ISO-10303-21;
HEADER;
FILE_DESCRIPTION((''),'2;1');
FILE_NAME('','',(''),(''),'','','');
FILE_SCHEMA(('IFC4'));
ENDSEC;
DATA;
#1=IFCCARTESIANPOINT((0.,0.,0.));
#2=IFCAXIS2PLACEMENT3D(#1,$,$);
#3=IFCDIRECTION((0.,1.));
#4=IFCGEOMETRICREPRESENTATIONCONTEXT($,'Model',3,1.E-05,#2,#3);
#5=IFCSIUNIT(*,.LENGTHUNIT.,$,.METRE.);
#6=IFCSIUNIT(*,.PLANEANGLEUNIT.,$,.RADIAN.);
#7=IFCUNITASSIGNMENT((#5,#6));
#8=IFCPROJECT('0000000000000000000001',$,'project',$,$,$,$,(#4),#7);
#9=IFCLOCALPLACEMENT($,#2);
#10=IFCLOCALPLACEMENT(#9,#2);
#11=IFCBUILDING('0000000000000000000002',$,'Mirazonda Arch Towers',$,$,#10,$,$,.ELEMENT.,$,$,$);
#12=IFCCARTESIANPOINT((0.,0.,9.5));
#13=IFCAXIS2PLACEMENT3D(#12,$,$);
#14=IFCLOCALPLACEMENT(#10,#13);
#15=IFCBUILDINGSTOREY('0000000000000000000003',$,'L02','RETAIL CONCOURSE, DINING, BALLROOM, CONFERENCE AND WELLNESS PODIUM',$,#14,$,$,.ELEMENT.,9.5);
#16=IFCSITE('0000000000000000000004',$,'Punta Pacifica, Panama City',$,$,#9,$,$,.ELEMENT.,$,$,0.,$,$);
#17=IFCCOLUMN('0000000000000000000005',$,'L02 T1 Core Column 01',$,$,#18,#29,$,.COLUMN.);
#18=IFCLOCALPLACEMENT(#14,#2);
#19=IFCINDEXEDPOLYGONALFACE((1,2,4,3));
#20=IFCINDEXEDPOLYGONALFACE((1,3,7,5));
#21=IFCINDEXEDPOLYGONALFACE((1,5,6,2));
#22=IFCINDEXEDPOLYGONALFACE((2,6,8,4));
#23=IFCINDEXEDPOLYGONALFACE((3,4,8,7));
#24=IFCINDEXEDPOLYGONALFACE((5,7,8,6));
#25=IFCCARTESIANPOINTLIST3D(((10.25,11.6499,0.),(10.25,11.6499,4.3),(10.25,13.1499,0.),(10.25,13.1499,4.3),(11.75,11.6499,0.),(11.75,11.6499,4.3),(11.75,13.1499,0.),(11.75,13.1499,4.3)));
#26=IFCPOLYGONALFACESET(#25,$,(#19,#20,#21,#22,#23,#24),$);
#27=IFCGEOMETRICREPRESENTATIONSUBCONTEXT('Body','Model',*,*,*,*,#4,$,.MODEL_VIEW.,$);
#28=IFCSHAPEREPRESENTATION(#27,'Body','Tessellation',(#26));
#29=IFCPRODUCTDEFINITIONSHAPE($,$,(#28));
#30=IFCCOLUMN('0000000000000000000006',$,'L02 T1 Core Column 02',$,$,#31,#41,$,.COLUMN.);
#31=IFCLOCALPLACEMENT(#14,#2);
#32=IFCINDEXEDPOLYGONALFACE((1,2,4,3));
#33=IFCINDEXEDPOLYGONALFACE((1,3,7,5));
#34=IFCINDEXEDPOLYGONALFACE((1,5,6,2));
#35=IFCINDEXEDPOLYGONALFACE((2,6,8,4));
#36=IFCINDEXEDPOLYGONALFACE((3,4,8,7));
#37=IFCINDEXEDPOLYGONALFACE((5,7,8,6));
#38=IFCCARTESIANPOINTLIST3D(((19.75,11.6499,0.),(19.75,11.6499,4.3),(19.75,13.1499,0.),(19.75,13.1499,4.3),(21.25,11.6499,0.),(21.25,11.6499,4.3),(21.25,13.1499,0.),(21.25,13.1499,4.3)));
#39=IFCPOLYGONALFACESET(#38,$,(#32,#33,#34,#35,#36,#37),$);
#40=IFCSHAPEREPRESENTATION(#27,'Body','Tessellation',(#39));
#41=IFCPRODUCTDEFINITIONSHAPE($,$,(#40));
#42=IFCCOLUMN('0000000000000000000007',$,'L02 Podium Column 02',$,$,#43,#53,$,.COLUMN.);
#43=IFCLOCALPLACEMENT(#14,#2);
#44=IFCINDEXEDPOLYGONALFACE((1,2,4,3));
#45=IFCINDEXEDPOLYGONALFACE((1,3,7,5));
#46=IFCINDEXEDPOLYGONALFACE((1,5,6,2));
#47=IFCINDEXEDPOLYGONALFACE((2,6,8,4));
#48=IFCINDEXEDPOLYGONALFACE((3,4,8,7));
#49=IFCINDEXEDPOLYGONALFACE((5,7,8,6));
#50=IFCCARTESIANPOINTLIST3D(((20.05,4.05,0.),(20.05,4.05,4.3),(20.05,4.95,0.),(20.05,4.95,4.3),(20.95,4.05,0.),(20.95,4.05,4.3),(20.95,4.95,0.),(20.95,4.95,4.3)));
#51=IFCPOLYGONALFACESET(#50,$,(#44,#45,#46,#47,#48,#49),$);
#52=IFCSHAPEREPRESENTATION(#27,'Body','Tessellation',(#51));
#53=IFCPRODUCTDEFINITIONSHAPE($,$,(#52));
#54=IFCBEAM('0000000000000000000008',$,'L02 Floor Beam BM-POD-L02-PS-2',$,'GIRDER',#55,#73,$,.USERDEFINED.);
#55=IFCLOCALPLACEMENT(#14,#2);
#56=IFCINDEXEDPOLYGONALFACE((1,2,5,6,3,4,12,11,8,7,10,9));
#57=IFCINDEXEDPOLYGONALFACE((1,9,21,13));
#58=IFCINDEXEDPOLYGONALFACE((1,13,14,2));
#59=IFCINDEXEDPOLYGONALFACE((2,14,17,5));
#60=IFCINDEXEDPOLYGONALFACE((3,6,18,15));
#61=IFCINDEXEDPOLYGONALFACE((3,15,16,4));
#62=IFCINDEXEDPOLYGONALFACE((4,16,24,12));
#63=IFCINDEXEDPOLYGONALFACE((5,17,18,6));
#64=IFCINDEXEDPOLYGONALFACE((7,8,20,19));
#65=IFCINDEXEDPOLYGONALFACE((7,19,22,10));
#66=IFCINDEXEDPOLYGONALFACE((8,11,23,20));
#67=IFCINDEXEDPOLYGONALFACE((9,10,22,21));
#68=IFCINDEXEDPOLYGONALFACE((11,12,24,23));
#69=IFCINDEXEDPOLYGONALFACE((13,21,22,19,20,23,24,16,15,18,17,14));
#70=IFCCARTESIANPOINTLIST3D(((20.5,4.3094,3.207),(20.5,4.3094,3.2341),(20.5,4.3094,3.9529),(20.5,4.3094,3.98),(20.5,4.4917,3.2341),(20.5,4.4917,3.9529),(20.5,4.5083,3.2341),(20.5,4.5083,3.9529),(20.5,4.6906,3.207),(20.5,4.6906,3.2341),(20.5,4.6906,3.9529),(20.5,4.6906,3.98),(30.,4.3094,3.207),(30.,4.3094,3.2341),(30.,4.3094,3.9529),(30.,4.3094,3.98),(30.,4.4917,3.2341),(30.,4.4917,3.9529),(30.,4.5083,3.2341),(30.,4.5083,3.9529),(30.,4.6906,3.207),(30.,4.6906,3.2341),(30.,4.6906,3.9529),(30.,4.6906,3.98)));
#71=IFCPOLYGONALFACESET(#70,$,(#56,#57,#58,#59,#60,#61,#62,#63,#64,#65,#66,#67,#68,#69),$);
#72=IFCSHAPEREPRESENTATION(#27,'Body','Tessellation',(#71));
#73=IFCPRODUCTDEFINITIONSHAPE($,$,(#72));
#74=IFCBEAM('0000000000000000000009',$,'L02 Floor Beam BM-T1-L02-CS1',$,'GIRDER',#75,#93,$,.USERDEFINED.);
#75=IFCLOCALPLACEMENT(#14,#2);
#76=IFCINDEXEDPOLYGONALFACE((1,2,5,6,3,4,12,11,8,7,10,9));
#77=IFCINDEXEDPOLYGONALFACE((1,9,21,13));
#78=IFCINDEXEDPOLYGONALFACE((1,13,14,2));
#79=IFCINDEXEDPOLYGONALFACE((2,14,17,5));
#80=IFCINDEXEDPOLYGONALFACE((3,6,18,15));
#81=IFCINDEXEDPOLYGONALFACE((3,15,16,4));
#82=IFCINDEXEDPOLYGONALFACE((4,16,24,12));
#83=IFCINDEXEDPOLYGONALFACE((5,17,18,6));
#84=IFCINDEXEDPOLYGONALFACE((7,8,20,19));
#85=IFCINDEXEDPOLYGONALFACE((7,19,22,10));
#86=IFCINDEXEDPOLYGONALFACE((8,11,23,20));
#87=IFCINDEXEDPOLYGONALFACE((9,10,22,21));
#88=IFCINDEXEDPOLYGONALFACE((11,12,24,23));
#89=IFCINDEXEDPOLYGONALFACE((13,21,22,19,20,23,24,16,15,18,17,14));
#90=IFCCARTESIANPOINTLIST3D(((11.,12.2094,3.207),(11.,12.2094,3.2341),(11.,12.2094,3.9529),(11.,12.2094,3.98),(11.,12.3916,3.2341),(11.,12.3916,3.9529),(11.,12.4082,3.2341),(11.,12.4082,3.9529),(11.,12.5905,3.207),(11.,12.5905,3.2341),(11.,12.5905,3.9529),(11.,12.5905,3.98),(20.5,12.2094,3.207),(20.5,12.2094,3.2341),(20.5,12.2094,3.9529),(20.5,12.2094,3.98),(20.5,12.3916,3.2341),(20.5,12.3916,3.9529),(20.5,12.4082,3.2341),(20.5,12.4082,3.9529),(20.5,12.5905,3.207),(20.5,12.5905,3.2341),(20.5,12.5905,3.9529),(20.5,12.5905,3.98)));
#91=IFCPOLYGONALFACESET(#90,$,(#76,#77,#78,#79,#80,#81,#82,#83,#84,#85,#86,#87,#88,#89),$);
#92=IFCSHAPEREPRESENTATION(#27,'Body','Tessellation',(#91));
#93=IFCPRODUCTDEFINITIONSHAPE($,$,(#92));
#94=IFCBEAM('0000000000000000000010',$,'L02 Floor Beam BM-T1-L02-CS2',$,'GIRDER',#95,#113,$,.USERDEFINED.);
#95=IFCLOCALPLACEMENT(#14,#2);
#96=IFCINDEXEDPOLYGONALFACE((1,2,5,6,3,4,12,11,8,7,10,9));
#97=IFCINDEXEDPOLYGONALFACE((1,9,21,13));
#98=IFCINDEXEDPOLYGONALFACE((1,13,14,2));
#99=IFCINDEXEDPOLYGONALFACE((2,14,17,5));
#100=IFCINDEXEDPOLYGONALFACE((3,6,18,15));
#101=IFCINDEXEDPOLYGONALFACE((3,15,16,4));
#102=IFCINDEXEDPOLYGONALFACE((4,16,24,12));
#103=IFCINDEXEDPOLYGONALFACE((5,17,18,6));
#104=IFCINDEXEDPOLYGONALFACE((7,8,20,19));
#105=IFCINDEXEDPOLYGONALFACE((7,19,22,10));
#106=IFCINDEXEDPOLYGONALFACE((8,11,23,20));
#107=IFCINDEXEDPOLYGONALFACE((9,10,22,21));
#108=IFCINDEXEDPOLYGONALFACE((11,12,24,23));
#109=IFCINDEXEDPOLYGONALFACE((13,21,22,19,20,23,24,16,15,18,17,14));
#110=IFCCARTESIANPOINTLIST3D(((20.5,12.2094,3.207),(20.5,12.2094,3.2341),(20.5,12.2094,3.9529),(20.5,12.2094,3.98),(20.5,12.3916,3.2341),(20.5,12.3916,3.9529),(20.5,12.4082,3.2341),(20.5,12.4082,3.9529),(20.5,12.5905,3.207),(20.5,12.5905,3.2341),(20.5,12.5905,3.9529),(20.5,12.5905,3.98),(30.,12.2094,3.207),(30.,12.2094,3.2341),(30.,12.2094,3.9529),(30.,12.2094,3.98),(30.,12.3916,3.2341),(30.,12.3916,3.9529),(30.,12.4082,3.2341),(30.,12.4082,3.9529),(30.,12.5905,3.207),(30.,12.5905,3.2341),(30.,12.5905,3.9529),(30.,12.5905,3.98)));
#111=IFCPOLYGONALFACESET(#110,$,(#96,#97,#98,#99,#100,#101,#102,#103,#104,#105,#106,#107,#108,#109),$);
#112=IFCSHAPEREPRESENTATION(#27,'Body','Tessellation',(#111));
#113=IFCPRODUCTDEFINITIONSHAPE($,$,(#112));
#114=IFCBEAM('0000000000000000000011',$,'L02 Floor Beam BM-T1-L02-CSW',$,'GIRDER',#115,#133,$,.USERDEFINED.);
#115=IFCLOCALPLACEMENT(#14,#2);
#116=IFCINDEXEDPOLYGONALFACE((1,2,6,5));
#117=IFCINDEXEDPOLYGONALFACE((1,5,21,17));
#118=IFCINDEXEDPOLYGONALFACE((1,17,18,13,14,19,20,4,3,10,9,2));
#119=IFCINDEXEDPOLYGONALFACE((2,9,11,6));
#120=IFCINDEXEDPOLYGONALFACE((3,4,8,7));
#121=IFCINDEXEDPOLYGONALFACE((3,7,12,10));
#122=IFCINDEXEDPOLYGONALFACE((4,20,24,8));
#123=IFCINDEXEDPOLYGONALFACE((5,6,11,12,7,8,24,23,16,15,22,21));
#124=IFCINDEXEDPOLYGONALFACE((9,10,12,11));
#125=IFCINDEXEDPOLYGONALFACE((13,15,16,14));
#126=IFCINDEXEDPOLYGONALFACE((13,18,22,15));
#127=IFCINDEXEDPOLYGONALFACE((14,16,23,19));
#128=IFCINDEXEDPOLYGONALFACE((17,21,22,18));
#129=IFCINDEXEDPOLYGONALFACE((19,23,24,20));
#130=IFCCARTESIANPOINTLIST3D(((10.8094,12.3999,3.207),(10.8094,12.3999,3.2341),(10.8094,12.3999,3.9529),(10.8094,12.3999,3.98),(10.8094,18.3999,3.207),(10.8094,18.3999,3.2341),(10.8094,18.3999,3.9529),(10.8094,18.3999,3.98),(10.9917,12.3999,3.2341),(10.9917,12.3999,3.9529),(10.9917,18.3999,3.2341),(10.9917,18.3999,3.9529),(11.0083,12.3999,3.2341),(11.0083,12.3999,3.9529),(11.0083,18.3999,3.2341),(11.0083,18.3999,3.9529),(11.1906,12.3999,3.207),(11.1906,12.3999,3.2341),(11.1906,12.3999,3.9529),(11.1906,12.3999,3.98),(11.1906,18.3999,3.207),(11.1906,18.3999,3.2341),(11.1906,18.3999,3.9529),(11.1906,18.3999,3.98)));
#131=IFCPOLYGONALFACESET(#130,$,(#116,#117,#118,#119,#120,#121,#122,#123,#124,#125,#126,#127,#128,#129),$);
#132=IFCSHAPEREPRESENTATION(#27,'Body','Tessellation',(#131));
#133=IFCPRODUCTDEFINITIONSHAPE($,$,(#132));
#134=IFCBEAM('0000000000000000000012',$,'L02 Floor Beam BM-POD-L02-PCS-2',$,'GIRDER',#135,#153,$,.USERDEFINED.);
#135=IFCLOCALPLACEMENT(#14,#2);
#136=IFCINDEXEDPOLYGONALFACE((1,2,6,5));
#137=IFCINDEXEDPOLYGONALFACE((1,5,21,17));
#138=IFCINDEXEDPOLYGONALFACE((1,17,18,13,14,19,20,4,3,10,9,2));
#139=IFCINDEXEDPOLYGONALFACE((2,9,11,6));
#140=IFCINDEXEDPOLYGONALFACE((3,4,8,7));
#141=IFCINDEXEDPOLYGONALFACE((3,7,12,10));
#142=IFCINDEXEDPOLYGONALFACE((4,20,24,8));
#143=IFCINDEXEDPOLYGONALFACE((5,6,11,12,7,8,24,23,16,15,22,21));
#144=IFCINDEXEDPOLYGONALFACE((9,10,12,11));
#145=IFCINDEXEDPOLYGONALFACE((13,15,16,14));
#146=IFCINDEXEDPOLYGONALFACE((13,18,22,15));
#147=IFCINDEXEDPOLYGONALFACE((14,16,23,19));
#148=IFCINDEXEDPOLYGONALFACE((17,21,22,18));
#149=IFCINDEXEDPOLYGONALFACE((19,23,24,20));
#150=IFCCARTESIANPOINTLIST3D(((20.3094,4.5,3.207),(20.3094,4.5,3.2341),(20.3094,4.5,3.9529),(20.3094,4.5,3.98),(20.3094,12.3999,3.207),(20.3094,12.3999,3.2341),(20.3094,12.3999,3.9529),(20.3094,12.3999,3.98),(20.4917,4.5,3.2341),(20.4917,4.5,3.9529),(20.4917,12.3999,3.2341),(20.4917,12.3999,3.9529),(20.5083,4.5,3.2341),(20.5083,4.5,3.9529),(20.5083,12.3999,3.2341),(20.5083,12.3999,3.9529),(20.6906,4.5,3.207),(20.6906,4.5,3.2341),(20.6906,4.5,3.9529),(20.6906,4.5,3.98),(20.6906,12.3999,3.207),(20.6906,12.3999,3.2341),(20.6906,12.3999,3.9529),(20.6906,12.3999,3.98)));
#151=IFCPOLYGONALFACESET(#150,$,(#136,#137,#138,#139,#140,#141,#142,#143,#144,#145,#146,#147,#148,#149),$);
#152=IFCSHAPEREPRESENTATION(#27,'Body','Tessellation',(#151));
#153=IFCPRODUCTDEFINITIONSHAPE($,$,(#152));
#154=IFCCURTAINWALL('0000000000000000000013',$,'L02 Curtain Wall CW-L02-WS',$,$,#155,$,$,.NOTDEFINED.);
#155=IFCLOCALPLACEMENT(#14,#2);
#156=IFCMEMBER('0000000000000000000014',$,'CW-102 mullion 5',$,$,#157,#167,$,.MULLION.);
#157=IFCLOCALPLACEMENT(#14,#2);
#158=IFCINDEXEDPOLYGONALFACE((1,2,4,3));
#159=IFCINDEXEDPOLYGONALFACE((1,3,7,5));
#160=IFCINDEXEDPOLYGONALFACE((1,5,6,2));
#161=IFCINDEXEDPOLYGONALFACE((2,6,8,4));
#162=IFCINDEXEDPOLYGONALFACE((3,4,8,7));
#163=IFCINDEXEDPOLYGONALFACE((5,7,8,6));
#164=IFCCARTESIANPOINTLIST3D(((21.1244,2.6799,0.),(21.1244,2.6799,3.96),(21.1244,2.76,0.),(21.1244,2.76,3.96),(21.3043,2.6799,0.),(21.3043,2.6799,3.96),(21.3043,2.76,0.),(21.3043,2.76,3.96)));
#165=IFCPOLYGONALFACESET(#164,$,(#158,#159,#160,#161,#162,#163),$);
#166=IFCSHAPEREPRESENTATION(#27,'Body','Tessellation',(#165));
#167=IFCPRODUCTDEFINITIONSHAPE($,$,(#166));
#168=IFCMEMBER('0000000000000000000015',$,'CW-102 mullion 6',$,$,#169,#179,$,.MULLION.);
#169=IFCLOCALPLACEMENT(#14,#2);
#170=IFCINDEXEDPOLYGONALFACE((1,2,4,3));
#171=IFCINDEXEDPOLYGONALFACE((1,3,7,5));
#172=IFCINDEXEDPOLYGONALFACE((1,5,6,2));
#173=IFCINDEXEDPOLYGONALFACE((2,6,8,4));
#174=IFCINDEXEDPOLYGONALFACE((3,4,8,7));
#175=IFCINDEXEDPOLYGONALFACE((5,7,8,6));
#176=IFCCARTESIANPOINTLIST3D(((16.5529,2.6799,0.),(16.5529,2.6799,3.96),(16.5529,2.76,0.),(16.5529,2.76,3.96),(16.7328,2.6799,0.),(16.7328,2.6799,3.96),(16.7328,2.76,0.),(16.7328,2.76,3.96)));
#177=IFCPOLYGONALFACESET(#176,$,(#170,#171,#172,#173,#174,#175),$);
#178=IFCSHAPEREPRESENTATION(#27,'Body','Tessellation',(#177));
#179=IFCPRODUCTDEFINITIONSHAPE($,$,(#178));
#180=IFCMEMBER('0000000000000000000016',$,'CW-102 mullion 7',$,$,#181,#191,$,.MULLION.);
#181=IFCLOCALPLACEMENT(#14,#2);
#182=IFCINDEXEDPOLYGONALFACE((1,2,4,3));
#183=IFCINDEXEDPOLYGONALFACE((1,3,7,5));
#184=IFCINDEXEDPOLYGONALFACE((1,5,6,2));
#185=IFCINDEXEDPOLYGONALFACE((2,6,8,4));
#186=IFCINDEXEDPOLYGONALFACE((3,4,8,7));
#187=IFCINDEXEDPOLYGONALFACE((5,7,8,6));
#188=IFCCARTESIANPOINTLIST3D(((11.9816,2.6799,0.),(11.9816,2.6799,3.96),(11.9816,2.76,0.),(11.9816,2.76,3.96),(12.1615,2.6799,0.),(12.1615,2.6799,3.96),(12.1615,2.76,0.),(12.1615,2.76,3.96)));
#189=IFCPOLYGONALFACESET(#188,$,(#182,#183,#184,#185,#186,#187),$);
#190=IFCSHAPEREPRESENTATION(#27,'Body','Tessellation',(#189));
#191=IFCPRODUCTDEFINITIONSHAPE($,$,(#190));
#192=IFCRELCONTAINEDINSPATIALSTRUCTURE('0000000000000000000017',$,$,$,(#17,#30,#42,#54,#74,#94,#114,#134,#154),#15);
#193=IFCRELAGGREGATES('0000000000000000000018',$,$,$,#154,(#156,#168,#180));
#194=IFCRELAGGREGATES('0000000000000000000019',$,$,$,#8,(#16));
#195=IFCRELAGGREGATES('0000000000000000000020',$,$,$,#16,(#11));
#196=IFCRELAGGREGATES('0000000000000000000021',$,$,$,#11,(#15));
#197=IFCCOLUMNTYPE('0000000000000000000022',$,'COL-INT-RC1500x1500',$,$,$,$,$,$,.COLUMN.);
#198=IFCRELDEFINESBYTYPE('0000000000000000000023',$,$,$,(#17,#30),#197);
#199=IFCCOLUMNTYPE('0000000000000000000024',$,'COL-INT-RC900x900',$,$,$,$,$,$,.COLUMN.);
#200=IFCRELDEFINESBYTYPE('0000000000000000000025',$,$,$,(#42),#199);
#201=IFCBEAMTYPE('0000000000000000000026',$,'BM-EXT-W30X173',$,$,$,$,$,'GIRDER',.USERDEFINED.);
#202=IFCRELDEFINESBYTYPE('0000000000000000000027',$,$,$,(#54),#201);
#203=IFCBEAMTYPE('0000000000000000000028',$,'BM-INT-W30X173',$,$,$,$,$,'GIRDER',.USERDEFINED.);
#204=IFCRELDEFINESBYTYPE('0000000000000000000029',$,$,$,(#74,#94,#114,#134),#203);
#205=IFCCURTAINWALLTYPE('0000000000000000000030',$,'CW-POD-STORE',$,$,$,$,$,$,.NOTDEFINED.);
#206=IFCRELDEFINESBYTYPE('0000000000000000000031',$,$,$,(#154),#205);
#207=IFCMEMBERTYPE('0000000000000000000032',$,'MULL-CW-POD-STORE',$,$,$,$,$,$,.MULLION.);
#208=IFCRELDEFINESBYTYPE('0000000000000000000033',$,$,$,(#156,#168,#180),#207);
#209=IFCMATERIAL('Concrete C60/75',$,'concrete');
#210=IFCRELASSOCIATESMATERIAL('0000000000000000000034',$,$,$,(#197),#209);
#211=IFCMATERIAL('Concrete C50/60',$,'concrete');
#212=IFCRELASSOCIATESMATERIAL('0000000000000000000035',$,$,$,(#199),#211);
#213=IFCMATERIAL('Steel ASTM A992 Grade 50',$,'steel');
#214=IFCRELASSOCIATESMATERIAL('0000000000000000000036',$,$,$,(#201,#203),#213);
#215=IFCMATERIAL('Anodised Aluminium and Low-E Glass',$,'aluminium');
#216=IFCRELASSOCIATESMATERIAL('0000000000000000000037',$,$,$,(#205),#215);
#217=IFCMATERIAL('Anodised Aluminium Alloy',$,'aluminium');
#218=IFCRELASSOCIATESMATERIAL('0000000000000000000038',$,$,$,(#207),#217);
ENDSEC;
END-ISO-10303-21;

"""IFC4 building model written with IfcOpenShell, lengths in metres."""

from ifc_helpers import new_model, si_unit, direction, frame, origin, origin_2d, place, context, subcontext, project, spatial, rectangle, i_section, extrude, material, material_profile, profile_set, type_object, element, aggregate, save


model = new_model("IFC4")

# Units and contexts
model_context = context("Model", 3, precision=1e-05, world=origin(), true_north=direction((0.0, 1.0)))
body_context = subcontext(model_context, "Body", "Model", "MODEL_VIEW")
ifc_project = project(units=[si_unit("LENGTHUNIT", "METRE"), si_unit("PLANEANGLEUNIT", "RADIAN")], contexts=[model_context])

# Site, building, storey
site_placement = place(None, origin())
site = spatial("IfcSite", under=ifc_project, at=site_placement, Name="Punta Pacifica, Panama City", CompositionType="ELEMENT", RefElevation=0.0)
building_placement = place(site_placement, origin())
building = spatial("IfcBuilding", under=site, at=building_placement, Name="Mirazonda Arch Towers", CompositionType="ELEMENT")
storey_placement = place(building_placement, frame((0.0, 0.0, 9.5)))
storey = spatial("IfcBuildingStorey", under=building, at=storey_placement, Name="L02", Description="RETAIL CONCOURSE, DINING, BALLROOM, CONFERENCE AND WELLNESS PODIUM", CompositionType="ELEMENT", Elevation=9.5)

# Columns
ifc_material_1 = material(Name="Concrete C60/75", Category="concrete")
ifc_material_profile_1 = material_profile(ifc_material_1, rectangle(XDim=1.5, YDim=1.5, at=origin_2d()), Name="RC1500x1500")
ifc_profile_set_1 = profile_set([ifc_material_profile_1], Name="Concrete C60/75")
column_type_1 = type_object("IfcColumnType", Name="COL-INT-RC1500x1500", PredefinedType="COLUMN", material=ifc_profile_set_1)
for number, where, z_axis, x_axis, name in (
    (1, (11.0, 12.3999, 0.0), (0.0, 0.0, 1.0), (1.0, 0.0, 0.0), "L02 T1 Core Column 01"),
    (2, (20.5, 12.3999, 0.0), (0.0, 0.0, 1.0), (1.0, 0.0, 0.0), "L02 T1 Core Column 02"),
):
    element("IfcColumn", number, at=place(storey_placement, frame(where, z_axis=z_axis, x_axis=x_axis)), inside=storey, type_object=column_type_1, Name=name, PredefinedType="COLUMN", context=body_context, shape_type="SweptSolid", body=[
        extrude(rectangle(XDim=1.5, YDim=1.5, at=origin_2d()), origin(), (0.0, 0.0, 1.0), 4.3),
    ])
ifc_material_2 = material(Name="Concrete C50/60", Category="concrete")
ifc_material_profile_2 = material_profile(ifc_material_2, rectangle(XDim=0.8999, YDim=0.8999, at=origin_2d()), Name="RC900x900")
ifc_profile_set_2 = profile_set([ifc_material_profile_2], Name="Concrete C50/60")
column_type_2 = type_object("IfcColumnType", Name="COL-INT-RC900x900", PredefinedType="COLUMN", material=ifc_profile_set_2)
column_placement = place(storey_placement, frame((20.5, 4.5, 0.0), z_axis=(0.0, 0.0, 1.0), x_axis=(1.0, 0.0, 0.0)))
element("IfcColumn", 3, at=column_placement, inside=storey, type_object=column_type_2, Name="L02 Podium Column 02", PredefinedType="COLUMN", context=body_context, shape_type="SweptSolid", body=[
    extrude(rectangle(XDim=0.8999, YDim=0.8999, at=origin_2d()), origin(), (0.0, 0.0, 1.0), 4.3),
])

# Beams
ifc_material_3 = material(Name="Steel ASTM A992 Grade 50", Category="steel")
ifc_material_profile_3 = material_profile(ifc_material_3, i_section(OverallWidth=0.3811, OverallDepth=0.7729, WebThickness=0.0166, FlangeThickness=0.0271, at=origin_2d()), Name="W30X173")
ifc_profile_set_3 = profile_set([ifc_material_profile_3], Name="Steel ASTM A992 Grade 50")
beam_type_1 = type_object("IfcBeamType", Name="BM-EXT-W30X173", ElementType="GIRDER", PredefinedType="USERDEFINED", material=ifc_profile_set_3)
beam_1_placement = place(storey_placement, frame((20.5, 4.5, 3.5935), z_axis=(1.0, 0.0, 0.0), x_axis=(0.0, 1.0, 0.0)))
element("IfcBeam", 4, at=beam_1_placement, inside=storey, type_object=beam_type_1, Name="L02 Floor Beam BM-POD-L02-PS-2", ObjectType="GIRDER", PredefinedType="USERDEFINED", context=body_context, shape_type="SweptSolid", body=[
    extrude(i_section(OverallWidth=0.3811, OverallDepth=0.7729, WebThickness=0.0166, FlangeThickness=0.0271, at=origin_2d()), origin(), (0.0, 0.0, 1.0), 9.5),
])
ifc_material_profile_4 = material_profile(ifc_material_3, i_section(OverallWidth=0.3811, OverallDepth=0.7729, WebThickness=0.0166, FlangeThickness=0.0271, at=origin_2d()), Name="W30X173")
ifc_profile_set_4 = profile_set([ifc_material_profile_4], Name="Steel ASTM A992 Grade 50")
beam_type_2 = type_object("IfcBeamType", Name="BM-INT-W30X173", ElementType="GIRDER", PredefinedType="USERDEFINED", material=ifc_profile_set_4)
for number, where, z_axis, x_axis, name in (
    (5, (11.0, 12.3999, 3.5935), (1.0, 0.0, 0.0), (0.0, 1.0, 0.0), "L02 Floor Beam BM-T1-L02-CS1"),
    (6, (20.5, 12.3999, 3.5935), (1.0, 0.0, 0.0), (0.0, 1.0, 0.0), "L02 Floor Beam BM-T1-L02-CS2"),
):
    element("IfcBeam", number, at=place(storey_placement, frame(where, z_axis=z_axis, x_axis=x_axis)), inside=storey, type_object=beam_type_2, Name=name, ObjectType="GIRDER", PredefinedType="USERDEFINED", context=body_context, shape_type="SweptSolid", body=[
        extrude(i_section(OverallWidth=0.3811, OverallDepth=0.7729, WebThickness=0.0166, FlangeThickness=0.0271, at=origin_2d()), origin(), (0.0, 0.0, 1.0), 9.5),
    ])
beam_2_placement = place(storey_placement, frame((11.0, 12.3999, 3.5935), z_axis=(0.0, 1.0, 0.0), x_axis=(-1.0, 0.0, 0.0)))
element("IfcBeam", 7, at=beam_2_placement, inside=storey, type_object=beam_type_2, Name="L02 Floor Beam BM-T1-L02-CSW", ObjectType="GIRDER", PredefinedType="USERDEFINED", context=body_context, shape_type="SweptSolid", body=[
    extrude(i_section(OverallWidth=0.3811, OverallDepth=0.7729, WebThickness=0.0166, FlangeThickness=0.0271, at=origin_2d()), origin(), (0.0, 0.0, 1.0), 6.0),
])
beam_3_placement = place(storey_placement, frame((20.5, 4.5, 3.5935), z_axis=(0.0, 1.0, 0.0), x_axis=(-1.0, 0.0, 0.0)))
element("IfcBeam", 8, at=beam_3_placement, inside=storey, type_object=beam_type_2, Name="L02 Floor Beam BM-POD-L02-PCS-2", ObjectType="GIRDER", PredefinedType="USERDEFINED", context=body_context, shape_type="SweptSolid", body=[
    extrude(i_section(OverallWidth=0.3811, OverallDepth=0.7729, WebThickness=0.0166, FlangeThickness=0.0271, at=origin_2d()), origin(), (0.0, 0.0, 1.0), 7.8999),
])

# Curtain wall, members
ifc_material_4 = material(Name="Anodised Aluminium and Low-E Glass", Category="aluminium")
curtain_wall_type = type_object("IfcCurtainWallType", Name="CW-POD-STORE", PredefinedType="NOTDEFINED", material=ifc_material_4)
curtain_wall_placement = place(storey_placement, origin())
curtain_wall = element("IfcCurtainWall", 9, at=curtain_wall_placement, inside=storey, type_object=curtain_wall_type, Name="L02 Curtain Wall CW-L02-WS", PredefinedType="NOTDEFINED")
ifc_material_5 = material(Name="Anodised Aluminium Alloy", Category="aluminium")
ifc_material_profile_5 = material_profile(ifc_material_5, rectangle(XDim=0.0801, YDim=0.1799, at=origin_2d()), Name="ALU-MULL-80x180")
ifc_profile_set_5 = profile_set([ifc_material_profile_5], Name="Anodised Aluminium Alloy")
member_type_1 = type_object("IfcMemberType", Name="MULL-CW-POD-STORE", PredefinedType="MULLION", material=ifc_profile_set_5)
member_1_placement = place(storey_placement, frame((21.2144, 2.72, 0.0), z_axis=(0.0, 0.0, 1.0), x_axis=(0.0, -1.0, 0.0)))
member_1 = element("IfcMember", 10, at=member_1_placement, type_object=member_type_1, Name="CW-102 mullion 5", PredefinedType="MULLION", context=body_context, shape_type="SweptSolid", body=[
    extrude(rectangle(XDim=0.0801, YDim=0.1799, at=origin_2d()), origin(), (0.0, 0.0, 1.0), 3.96),
])
member_2_placement = place(storey_placement, frame((16.6428, 2.72, 0.0), z_axis=(0.0, 0.0, 1.0), x_axis=(0.0, -1.0, 0.0)))
member_2 = element("IfcMember", 11, at=member_2_placement, type_object=member_type_1, Name="CW-102 mullion 6", PredefinedType="MULLION", context=body_context, shape_type="SweptSolid", body=[
    extrude(rectangle(XDim=0.0801, YDim=0.1799, at=origin_2d()), origin(), (0.0, 0.0, 1.0), 3.96),
])
member_3_placement = place(storey_placement, frame((12.0715, 2.72, 0.0), z_axis=(0.0, 0.0, 1.0), x_axis=(0.0, -1.0, 0.0)))
member_3 = element("IfcMember", 12, at=member_3_placement, type_object=member_type_1, Name="CW-102 mullion 7", PredefinedType="MULLION", context=body_context, shape_type="SweptSolid", body=[
    extrude(rectangle(XDim=0.0801, YDim=0.1799, at=origin_2d()), origin(), (0.0, 0.0, 1.0), 3.96),
])
aggregate(curtain_wall, [member_1, member_2, member_3])

save(model, "model.ifc")
